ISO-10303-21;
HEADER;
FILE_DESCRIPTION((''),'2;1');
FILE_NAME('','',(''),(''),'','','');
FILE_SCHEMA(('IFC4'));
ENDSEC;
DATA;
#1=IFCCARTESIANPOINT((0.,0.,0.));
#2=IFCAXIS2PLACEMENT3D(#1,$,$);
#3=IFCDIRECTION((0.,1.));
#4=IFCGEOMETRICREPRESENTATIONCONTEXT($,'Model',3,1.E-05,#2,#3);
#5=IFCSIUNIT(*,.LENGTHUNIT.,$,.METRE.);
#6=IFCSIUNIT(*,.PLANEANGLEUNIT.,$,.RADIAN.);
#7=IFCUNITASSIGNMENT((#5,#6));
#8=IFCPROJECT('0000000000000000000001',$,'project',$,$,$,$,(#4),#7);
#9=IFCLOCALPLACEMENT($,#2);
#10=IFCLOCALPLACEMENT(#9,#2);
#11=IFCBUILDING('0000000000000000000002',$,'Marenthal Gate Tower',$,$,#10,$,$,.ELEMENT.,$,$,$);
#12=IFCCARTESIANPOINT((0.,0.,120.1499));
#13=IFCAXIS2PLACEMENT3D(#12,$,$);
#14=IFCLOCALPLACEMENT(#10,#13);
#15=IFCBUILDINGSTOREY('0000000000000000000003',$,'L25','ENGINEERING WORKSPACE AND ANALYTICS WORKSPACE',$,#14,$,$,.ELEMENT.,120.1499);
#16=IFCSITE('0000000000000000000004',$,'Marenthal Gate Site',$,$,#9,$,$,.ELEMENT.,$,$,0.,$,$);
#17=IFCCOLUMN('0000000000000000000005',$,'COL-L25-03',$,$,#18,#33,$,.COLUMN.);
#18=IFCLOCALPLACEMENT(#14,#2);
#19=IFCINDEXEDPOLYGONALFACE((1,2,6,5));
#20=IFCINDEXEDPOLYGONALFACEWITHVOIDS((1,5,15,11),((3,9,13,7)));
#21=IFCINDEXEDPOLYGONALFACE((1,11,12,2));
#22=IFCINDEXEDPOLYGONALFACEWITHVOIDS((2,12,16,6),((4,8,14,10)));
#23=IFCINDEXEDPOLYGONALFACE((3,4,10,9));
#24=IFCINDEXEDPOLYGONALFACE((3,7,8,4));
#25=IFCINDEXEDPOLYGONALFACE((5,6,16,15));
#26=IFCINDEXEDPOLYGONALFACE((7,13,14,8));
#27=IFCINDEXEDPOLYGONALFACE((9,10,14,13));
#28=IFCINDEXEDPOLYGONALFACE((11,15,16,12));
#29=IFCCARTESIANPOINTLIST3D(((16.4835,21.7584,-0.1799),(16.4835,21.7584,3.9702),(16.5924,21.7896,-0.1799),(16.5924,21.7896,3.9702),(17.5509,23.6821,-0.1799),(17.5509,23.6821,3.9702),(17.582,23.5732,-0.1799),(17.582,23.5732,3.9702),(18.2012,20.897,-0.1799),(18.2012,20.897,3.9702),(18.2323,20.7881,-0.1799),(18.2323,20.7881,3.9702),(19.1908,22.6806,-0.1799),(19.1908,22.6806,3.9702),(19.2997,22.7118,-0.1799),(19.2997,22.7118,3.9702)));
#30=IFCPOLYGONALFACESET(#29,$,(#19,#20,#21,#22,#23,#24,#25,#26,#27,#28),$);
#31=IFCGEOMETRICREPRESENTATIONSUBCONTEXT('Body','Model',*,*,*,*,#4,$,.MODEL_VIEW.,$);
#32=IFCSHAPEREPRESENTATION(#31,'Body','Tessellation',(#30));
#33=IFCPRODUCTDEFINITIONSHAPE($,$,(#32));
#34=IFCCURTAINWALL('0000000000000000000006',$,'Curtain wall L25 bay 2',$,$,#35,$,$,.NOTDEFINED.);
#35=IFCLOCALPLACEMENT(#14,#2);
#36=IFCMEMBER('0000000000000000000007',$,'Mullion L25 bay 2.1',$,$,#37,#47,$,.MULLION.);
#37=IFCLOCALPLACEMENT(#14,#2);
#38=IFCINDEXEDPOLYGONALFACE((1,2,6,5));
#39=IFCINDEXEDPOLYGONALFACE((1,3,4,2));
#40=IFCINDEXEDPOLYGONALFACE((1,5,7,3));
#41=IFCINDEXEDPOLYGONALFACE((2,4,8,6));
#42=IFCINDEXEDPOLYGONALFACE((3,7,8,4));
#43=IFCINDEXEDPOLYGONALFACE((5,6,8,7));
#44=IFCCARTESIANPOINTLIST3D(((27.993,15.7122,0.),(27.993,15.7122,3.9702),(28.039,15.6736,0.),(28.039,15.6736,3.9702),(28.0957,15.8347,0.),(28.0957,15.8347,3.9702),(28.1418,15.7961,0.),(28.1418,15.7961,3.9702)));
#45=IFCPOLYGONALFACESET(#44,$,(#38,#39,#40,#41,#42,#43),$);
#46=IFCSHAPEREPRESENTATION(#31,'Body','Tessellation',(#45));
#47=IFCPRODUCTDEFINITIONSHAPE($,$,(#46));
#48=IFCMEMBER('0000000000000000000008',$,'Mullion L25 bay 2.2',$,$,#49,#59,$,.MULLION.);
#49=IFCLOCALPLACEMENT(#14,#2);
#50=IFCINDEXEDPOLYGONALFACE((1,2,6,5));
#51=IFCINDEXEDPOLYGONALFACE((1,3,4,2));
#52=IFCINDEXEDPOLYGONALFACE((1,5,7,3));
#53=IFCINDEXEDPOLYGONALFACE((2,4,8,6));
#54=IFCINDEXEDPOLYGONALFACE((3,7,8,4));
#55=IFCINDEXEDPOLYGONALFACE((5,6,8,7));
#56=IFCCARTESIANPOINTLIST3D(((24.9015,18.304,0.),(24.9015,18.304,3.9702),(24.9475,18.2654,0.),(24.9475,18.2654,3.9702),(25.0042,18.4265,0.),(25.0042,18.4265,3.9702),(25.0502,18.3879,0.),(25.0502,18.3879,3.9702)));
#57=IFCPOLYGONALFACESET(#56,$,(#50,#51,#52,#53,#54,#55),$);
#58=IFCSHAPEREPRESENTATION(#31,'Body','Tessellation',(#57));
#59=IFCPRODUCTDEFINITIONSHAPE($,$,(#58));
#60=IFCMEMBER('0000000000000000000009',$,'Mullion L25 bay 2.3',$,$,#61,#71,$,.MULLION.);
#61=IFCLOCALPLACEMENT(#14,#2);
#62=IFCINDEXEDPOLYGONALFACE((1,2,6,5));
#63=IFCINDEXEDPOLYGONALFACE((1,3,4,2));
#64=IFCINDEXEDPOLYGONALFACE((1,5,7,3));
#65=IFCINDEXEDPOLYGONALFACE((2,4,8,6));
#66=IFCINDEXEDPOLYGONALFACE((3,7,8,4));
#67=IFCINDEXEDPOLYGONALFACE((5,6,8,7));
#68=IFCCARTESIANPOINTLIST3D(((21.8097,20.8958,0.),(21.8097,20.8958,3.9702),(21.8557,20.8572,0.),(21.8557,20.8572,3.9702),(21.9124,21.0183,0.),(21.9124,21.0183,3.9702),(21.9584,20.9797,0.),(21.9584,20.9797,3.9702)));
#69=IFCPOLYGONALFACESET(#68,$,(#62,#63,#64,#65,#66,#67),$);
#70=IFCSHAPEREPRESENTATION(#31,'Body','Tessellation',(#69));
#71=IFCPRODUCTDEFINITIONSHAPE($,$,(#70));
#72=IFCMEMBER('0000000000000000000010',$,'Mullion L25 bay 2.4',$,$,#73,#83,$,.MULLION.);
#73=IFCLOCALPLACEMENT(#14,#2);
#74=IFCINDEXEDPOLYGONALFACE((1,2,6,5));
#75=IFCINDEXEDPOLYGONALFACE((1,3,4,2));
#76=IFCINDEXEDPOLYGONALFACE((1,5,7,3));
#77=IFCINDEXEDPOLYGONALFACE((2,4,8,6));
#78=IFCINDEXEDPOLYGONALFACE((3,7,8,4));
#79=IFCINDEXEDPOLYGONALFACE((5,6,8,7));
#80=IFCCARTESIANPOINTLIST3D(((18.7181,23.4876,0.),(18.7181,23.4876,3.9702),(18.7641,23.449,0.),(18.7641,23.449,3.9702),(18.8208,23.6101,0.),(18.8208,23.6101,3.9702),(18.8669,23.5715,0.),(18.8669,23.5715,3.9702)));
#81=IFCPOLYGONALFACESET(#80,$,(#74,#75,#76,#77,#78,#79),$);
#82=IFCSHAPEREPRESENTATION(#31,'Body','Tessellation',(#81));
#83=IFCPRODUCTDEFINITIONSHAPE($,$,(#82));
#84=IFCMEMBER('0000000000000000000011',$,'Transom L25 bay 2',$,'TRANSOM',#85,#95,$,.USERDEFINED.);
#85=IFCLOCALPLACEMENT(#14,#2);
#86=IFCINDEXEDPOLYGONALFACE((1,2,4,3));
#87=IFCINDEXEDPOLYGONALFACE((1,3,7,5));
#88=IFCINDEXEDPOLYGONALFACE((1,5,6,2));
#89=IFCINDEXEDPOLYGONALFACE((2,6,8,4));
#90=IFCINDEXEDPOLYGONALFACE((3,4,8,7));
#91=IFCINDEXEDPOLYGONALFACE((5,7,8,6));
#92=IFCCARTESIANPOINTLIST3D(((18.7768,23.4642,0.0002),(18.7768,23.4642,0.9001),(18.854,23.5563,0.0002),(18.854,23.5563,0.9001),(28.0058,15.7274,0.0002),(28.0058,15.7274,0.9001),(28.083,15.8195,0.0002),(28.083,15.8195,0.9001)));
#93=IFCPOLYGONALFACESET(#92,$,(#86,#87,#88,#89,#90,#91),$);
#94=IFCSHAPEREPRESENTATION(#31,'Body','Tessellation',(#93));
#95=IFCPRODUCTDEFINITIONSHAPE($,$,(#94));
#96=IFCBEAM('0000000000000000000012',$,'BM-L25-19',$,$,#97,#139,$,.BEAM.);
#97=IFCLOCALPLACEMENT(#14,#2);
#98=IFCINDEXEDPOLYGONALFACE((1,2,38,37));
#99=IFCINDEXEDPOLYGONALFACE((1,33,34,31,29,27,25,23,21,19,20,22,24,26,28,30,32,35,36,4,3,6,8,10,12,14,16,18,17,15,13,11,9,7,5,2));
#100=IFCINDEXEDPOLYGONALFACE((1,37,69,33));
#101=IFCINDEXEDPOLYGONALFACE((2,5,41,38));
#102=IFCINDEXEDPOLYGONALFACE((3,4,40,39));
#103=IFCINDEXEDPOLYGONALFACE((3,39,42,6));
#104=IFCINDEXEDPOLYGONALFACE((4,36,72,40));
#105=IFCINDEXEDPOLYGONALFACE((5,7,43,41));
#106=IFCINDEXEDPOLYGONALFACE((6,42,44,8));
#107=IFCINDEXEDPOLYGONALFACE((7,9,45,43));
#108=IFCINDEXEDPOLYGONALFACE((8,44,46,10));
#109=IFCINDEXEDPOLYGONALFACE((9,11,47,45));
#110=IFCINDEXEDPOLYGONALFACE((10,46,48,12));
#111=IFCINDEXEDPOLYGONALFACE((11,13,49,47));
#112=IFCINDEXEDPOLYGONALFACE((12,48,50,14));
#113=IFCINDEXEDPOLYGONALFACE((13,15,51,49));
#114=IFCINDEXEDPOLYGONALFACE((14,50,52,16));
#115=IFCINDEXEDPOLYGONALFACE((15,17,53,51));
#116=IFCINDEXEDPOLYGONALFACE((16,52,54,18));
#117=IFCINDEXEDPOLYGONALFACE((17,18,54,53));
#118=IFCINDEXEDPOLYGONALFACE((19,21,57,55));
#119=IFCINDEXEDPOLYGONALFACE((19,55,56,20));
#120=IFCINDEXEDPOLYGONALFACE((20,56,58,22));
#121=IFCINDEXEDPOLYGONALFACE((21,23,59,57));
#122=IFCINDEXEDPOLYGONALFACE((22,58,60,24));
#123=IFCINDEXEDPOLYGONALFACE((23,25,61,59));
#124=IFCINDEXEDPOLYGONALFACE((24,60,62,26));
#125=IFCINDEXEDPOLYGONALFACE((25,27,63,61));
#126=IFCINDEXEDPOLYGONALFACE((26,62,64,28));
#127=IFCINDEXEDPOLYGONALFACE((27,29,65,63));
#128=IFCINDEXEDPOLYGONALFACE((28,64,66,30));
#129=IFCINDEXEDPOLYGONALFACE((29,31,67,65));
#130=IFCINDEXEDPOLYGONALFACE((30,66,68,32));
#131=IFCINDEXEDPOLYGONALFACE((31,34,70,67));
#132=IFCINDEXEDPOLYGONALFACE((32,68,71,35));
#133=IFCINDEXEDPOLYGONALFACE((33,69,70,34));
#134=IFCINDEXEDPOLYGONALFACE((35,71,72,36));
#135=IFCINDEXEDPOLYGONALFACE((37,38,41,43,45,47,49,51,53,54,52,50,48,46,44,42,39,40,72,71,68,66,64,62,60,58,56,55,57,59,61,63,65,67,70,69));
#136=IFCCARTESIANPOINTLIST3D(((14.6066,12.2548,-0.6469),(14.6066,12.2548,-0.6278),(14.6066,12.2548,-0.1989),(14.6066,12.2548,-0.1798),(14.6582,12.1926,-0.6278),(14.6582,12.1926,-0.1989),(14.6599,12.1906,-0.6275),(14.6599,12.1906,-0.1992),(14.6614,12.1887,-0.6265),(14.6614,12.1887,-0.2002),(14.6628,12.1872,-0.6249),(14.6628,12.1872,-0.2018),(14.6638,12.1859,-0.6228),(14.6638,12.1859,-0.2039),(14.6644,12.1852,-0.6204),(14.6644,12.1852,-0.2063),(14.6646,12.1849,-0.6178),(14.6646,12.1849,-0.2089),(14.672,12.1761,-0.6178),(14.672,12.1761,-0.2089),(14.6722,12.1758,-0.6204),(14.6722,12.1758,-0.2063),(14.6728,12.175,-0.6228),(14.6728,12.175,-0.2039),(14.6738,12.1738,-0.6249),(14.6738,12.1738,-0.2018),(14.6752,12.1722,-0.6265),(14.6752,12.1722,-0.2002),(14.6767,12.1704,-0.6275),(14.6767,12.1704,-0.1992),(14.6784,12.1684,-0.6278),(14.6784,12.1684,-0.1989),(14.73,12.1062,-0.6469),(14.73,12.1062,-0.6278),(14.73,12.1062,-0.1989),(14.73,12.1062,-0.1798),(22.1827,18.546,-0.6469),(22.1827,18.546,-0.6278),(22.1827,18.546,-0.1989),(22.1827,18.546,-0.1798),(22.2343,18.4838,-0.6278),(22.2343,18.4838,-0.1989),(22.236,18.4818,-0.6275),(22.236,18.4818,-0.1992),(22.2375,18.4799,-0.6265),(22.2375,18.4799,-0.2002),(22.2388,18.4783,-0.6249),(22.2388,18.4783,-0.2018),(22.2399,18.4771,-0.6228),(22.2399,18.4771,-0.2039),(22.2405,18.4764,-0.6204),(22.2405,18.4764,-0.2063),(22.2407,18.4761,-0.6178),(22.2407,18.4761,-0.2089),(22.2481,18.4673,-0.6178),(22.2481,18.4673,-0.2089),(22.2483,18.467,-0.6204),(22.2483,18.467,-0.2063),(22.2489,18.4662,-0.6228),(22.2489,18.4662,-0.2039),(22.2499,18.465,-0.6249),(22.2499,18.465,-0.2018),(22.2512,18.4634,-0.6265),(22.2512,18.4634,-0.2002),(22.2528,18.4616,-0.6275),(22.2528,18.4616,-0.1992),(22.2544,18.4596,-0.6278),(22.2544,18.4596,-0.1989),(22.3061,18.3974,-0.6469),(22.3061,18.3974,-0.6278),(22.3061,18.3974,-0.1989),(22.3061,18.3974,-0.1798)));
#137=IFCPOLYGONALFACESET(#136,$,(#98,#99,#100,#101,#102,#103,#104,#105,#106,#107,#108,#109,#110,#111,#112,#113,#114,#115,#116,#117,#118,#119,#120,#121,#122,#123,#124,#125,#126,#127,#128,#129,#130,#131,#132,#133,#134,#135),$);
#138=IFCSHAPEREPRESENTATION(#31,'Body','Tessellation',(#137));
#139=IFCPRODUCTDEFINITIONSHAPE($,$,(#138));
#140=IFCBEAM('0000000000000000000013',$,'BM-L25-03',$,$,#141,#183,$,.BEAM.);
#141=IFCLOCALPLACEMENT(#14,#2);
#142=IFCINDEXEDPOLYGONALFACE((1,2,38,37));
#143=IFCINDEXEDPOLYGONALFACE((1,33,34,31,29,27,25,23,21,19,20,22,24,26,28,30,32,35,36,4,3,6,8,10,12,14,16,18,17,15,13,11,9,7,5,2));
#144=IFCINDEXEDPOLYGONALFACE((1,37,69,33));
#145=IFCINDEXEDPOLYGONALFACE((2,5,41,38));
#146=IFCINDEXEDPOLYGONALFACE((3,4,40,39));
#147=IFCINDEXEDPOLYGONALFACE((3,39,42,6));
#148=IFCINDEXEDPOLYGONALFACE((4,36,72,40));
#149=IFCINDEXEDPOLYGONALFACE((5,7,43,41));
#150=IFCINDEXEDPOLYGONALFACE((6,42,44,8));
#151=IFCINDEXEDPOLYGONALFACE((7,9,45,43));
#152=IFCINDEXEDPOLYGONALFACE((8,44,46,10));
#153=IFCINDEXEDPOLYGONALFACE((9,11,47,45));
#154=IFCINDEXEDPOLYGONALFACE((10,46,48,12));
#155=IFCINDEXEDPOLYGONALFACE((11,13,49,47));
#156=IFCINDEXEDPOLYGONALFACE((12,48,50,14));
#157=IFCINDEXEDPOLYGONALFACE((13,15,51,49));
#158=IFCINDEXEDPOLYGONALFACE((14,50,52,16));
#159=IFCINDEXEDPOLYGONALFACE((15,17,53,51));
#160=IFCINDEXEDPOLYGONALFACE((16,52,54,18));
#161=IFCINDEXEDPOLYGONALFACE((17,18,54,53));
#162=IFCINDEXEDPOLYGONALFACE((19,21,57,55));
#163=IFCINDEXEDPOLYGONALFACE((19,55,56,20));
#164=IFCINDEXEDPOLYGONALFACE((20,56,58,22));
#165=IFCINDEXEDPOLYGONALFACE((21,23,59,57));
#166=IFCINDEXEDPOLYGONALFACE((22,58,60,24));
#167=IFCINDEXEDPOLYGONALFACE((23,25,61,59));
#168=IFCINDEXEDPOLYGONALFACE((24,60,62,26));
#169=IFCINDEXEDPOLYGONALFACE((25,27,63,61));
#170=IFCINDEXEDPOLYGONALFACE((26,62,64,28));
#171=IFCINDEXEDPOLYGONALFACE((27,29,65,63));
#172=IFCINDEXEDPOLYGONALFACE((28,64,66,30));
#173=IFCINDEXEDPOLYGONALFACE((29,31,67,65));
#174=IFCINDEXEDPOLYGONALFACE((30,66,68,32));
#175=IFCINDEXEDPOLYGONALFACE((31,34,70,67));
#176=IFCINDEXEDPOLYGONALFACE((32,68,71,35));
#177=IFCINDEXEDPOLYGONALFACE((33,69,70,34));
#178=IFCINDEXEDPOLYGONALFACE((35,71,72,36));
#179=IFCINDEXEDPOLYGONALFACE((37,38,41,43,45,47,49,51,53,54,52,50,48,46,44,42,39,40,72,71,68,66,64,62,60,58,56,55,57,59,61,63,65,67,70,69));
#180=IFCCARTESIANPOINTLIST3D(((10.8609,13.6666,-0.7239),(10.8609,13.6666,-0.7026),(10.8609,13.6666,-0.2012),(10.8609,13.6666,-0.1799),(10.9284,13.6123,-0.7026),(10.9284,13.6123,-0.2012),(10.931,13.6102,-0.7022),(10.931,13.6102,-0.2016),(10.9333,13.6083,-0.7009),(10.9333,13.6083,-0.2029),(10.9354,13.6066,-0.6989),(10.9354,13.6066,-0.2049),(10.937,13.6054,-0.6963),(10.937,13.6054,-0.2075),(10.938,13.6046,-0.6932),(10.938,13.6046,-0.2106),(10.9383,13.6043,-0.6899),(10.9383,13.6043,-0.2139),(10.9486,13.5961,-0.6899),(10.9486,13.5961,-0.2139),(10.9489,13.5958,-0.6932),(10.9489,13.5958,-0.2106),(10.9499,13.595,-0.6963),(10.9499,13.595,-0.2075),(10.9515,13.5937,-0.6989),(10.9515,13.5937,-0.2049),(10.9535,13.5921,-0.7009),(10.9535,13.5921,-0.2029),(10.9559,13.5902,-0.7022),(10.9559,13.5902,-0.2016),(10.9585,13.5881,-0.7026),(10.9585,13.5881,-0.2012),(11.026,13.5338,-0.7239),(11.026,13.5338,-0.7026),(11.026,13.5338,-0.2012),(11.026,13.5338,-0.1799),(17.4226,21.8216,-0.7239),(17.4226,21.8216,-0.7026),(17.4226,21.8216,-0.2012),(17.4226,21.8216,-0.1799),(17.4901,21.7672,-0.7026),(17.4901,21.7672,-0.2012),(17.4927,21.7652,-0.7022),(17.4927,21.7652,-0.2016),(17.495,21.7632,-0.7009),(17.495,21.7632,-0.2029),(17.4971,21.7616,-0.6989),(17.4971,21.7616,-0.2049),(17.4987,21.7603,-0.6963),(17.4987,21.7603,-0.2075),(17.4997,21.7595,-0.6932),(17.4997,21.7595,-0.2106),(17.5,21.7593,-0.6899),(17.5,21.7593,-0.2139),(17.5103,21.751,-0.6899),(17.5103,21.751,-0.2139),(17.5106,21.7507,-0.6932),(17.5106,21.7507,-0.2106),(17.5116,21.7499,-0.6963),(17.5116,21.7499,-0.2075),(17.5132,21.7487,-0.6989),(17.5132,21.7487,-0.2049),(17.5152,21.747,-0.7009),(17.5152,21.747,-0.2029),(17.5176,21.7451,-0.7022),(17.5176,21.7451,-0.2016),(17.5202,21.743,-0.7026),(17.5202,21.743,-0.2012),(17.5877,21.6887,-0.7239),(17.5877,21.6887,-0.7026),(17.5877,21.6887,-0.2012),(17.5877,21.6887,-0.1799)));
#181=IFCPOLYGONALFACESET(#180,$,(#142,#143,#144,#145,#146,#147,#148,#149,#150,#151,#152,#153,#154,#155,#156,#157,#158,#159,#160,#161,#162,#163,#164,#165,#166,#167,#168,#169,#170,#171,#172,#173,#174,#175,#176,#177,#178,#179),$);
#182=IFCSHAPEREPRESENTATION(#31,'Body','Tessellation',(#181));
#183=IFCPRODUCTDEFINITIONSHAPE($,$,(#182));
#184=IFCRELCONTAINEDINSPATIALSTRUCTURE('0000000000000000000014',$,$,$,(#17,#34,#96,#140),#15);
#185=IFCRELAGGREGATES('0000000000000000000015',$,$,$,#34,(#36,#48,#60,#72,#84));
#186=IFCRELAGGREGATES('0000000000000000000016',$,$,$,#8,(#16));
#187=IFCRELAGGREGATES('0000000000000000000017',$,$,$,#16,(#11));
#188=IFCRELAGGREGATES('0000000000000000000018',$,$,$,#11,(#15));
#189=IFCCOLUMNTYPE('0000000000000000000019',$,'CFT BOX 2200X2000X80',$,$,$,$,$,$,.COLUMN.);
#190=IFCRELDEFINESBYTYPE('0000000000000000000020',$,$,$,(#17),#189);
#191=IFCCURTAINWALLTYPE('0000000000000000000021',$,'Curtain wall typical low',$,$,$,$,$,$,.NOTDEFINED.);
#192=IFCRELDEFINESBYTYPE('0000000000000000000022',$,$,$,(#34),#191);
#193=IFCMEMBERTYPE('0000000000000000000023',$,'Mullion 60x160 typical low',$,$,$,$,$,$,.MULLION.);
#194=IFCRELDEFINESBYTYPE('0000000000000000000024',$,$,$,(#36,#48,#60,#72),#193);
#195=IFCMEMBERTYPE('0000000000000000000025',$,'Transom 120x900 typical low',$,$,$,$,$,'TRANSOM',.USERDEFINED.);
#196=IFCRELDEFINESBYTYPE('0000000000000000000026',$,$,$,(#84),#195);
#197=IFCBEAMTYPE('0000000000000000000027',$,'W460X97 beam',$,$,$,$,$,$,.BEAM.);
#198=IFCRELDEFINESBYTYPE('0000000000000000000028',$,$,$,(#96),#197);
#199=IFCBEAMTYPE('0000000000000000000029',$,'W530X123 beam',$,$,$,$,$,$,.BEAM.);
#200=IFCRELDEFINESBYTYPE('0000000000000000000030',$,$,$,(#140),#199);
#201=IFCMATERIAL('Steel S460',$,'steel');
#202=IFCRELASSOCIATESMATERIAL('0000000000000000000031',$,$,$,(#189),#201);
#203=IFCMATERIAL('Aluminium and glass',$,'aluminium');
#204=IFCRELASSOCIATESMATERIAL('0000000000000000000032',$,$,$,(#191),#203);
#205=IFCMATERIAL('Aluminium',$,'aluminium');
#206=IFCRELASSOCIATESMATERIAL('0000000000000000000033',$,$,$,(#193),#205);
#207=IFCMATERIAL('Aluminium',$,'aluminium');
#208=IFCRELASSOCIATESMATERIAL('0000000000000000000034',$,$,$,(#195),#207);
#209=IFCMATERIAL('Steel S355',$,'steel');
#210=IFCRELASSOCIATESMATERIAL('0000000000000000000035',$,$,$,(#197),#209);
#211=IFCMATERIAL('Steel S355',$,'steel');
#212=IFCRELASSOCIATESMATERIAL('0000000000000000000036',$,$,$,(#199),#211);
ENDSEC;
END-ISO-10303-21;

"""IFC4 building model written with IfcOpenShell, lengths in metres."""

from ifc_helpers import new_model, si_unit, direction, frame, origin, origin_2d, place, context, subcontext, project, spatial, rectangle, hollow_rectangle, i_section, extrude, material, material_profile, profile_set, type_object, element, aggregate, save


model = new_model("IFC4")

# Units and contexts
model_context = context("Model", 3, precision=1e-05, world=origin(), true_north=direction((0.0, 1.0)))
body_context = subcontext(model_context, "Body", "Model", "MODEL_VIEW")
ifc_project = project(units=[si_unit("LENGTHUNIT", "METRE"), si_unit("PLANEANGLEUNIT", "RADIAN")], contexts=[model_context])

# Site, building, storey
site_placement = place(None, origin())
site = spatial("IfcSite", under=ifc_project, at=site_placement, Name="Marenthal Gate Site", CompositionType="ELEMENT", RefElevation=0.0)
building_placement = place(site_placement, origin())
building = spatial("IfcBuilding", under=site, at=building_placement, Name="Marenthal Gate Tower", CompositionType="ELEMENT")
storey_placement = place(building_placement, frame((0.0, 0.0, 120.1499)))
storey = spatial("IfcBuildingStorey", under=building, at=storey_placement, Name="L25", Description="ENGINEERING WORKSPACE AND ANALYTICS WORKSPACE", CompositionType="ELEMENT", Elevation=120.1499)

# Column
ifc_material_1 = material(Name="Steel S460", Category="steel")
ifc_material_profile_1 = material_profile(ifc_material_1, hollow_rectangle(XDim=2.0, YDim=2.2, WallThickness=0.0801, at=origin_2d()), Name="CFT BOX 2200X2000X80")
ifc_material_2 = material(Name="Concrete 70 MPa", Category="concrete")
ifc_material_profile_2 = material_profile(ifc_material_2, rectangle(XDim=1.8401, YDim=2.04, at=origin_2d()), Name="CFT BOX 2200X2000X80 INFILL")
ifc_profile_set_1 = profile_set([ifc_material_profile_1, ifc_material_profile_2], Name="Steel S460 shell, Concrete 70 MPa infill")
column_type = type_object("IfcColumnType", Name="CFT BOX 2200X2000X80", PredefinedType="COLUMN", material=ifc_profile_set_1)
column_placement = place(storey_placement, frame((17.8916, 22.2351, -0.1799), z_axis=(0.0, 0.0, 1.0), x_axis=(0.874418, -0.485173, 0.0)))
element("IfcColumn", 1, at=column_placement, inside=storey, type_object=column_type, Name="COL-L25-03", PredefinedType="COLUMN", context=body_context, shape_type="SweptSolid", body=[
    extrude(hollow_rectangle(XDim=2.0, YDim=2.2, WallThickness=0.0801, at=origin_2d()), origin(), (0.0, 0.0, 1.0), 4.1501),
])

# Curtain wall, members
ifc_material_3 = material(Name="Aluminium and glass", Category="aluminium")
curtain_wall_type = type_object("IfcCurtainWallType", Name="Curtain wall typical low", PredefinedType="NOTDEFINED", material=ifc_material_3)
curtain_wall_placement = place(storey_placement, origin())
curtain_wall = element("IfcCurtainWall", 2, at=curtain_wall_placement, inside=storey, type_object=curtain_wall_type, Name="Curtain wall L25 bay 2", PredefinedType="NOTDEFINED")
ifc_material_4 = material(Name="Aluminium", Category="aluminium")
ifc_material_profile_3 = material_profile(ifc_material_4, rectangle(XDim=0.1599, YDim=0.0601, at=origin_2d()), Name="60x160 aluminium mullion")
ifc_profile_set_2 = profile_set([ifc_material_profile_3], Name="Aluminium")
member_type_1 = type_object("IfcMemberType", Name="Mullion 60x160 typical low", PredefinedType="MULLION", material=ifc_profile_set_2)
member_1_placement = place(storey_placement, frame((28.0674, 15.7542, 0.0), z_axis=(0.0, 0.0, 1.0), x_axis=(-0.642438, -0.766338, 0.0)))
member_1 = element("IfcMember", 3, at=member_1_placement, type_object=member_type_1, Name="Mullion L25 bay 2.1", PredefinedType="MULLION", context=body_context, shape_type="SweptSolid", body=[
    extrude(rectangle(XDim=0.1599, YDim=0.0601, at=origin_2d()), origin(), (0.0, 0.0, 1.0), 3.9702),
])
member_2_placement = place(storey_placement, frame((24.9758, 18.3459, 0.0), z_axis=(0.0, 0.0, 1.0), x_axis=(-0.642438, -0.766338, 0.0)))
member_2 = element("IfcMember", 4, at=member_2_placement, type_object=member_type_1, Name="Mullion L25 bay 2.2", PredefinedType="MULLION", context=body_context, shape_type="SweptSolid", body=[
    extrude(rectangle(XDim=0.1599, YDim=0.0601, at=origin_2d()), origin(), (0.0, 0.0, 1.0), 3.9702),
])
member_3_placement = place(storey_placement, frame((21.884, 20.9377, 0.0), z_axis=(0.0, 0.0, 1.0), x_axis=(-0.642438, -0.766338, 0.0)))
member_3 = element("IfcMember", 5, at=member_3_placement, type_object=member_type_1, Name="Mullion L25 bay 2.3", PredefinedType="MULLION", context=body_context, shape_type="SweptSolid", body=[
    extrude(rectangle(XDim=0.1599, YDim=0.0601, at=origin_2d()), origin(), (0.0, 0.0, 1.0), 3.9702),
])
member_4_placement = place(storey_placement, frame((18.7925, 23.5295, 0.0), z_axis=(0.0, 0.0, 1.0), x_axis=(-0.642438, -0.766338, 0.0)))
member_4 = element("IfcMember", 6, at=member_4_placement, type_object=member_type_1, Name="Mullion L25 bay 2.4", PredefinedType="MULLION", context=body_context, shape_type="SweptSolid", body=[
    extrude(rectangle(XDim=0.1599, YDim=0.0601, at=origin_2d()), origin(), (0.0, 0.0, 1.0), 3.9702),
])
ifc_material_5 = material(Name="Aluminium", Category="aluminium")
ifc_material_profile_4 = material_profile(ifc_material_5, rectangle(XDim=0.1201, YDim=0.8999, at=origin_2d()), Name="120x900 aluminium transom")
ifc_profile_set_3 = profile_set([ifc_material_profile_4], Name="Aluminium")
member_type_2 = type_object("IfcMemberType", Name="Transom 120x900 typical low", ElementType="TRANSOM", PredefinedType="USERDEFINED", material=ifc_profile_set_3)
member_5_placement = place(storey_placement, frame((28.0444, 15.7734, 0.4502), z_axis=(-0.76634, 0.642435, 0.0), x_axis=(-0.642435, -0.76634, 0.0)))
member_5 = element("IfcMember", 7, at=member_5_placement, type_object=member_type_2, Name="Transom L25 bay 2", ObjectType="TRANSOM", PredefinedType="USERDEFINED", context=body_context, shape_type="SweptSolid", body=[
    extrude(rectangle(XDim=0.1201, YDim=0.8999, at=origin_2d()), origin(), (0.0, 0.0, 1.0), 12.043),
])

# Beams
ifc_material_6 = material(Name="Steel S355", Category="steel")
ifc_material_profile_5 = material_profile(ifc_material_6, i_section(OverallWidth=0.1931, OverallDepth=0.467, WebThickness=0.0115, FlangeThickness=0.019, FilletRadius=0.01, at=origin_2d()), Name="W460X97")
ifc_profile_set_4 = profile_set([ifc_material_profile_5], Name="Steel S355")
beam_type_1 = type_object("IfcBeamType", Name="W460X97 beam", PredefinedType="BEAM", material=ifc_profile_set_4)
beam_1_placement = place(storey_placement, frame((22.2444, 18.4717, -0.4133), z_axis=(-0.76933, -0.638852, 0.0), x_axis=(0.638852, -0.76933, 0.0)))
element("IfcBeam", 8, at=beam_1_placement, inside=storey, type_object=beam_type_1, Name="BM-L25-19", PredefinedType="BEAM", context=body_context, shape_type="SweptSolid", body=[
    extrude(i_section(OverallWidth=0.1931, OverallDepth=0.467, WebThickness=0.0115, FlangeThickness=0.019, FilletRadius=0.01, at=origin_2d()), origin(), (0.0, 0.0, 1.0), 9.8477),
])
ifc_material_7 = material(Name="Steel S355", Category="steel")
ifc_material_profile_6 = material_profile(ifc_material_7, i_section(OverallWidth=0.2119, OverallDepth=0.5439, WebThickness=0.0132, FlangeThickness=0.0212, FilletRadius=0.0127, at=origin_2d()), Name="W530X123")
ifc_profile_set_5 = profile_set([ifc_material_profile_6], Name="Steel S355")
beam_type_2 = type_object("IfcBeamType", Name="W530X123 beam", PredefinedType="BEAM", material=ifc_profile_set_5)
beam_2_placement = place(storey_placement, frame((17.5051, 21.7551, -0.4519), z_axis=(-0.626891, -0.779107, 0.0), x_axis=(0.779107, -0.626891, 0.0)))
element("IfcBeam", 9, at=beam_2_placement, inside=storey, type_object=beam_type_2, Name="BM-L25-03", PredefinedType="BEAM", context=body_context, shape_type="SweptSolid", body=[
    extrude(i_section(OverallWidth=0.2119, OverallDepth=0.5439, WebThickness=0.0132, FlangeThickness=0.0212, FilletRadius=0.0127, at=origin_2d()), origin(), (0.0, 0.0, 1.0), 10.467),
])

aggregate(curtain_wall, [member_1, member_2, member_3, member_4, member_5])

save(model, "model.ifc")
